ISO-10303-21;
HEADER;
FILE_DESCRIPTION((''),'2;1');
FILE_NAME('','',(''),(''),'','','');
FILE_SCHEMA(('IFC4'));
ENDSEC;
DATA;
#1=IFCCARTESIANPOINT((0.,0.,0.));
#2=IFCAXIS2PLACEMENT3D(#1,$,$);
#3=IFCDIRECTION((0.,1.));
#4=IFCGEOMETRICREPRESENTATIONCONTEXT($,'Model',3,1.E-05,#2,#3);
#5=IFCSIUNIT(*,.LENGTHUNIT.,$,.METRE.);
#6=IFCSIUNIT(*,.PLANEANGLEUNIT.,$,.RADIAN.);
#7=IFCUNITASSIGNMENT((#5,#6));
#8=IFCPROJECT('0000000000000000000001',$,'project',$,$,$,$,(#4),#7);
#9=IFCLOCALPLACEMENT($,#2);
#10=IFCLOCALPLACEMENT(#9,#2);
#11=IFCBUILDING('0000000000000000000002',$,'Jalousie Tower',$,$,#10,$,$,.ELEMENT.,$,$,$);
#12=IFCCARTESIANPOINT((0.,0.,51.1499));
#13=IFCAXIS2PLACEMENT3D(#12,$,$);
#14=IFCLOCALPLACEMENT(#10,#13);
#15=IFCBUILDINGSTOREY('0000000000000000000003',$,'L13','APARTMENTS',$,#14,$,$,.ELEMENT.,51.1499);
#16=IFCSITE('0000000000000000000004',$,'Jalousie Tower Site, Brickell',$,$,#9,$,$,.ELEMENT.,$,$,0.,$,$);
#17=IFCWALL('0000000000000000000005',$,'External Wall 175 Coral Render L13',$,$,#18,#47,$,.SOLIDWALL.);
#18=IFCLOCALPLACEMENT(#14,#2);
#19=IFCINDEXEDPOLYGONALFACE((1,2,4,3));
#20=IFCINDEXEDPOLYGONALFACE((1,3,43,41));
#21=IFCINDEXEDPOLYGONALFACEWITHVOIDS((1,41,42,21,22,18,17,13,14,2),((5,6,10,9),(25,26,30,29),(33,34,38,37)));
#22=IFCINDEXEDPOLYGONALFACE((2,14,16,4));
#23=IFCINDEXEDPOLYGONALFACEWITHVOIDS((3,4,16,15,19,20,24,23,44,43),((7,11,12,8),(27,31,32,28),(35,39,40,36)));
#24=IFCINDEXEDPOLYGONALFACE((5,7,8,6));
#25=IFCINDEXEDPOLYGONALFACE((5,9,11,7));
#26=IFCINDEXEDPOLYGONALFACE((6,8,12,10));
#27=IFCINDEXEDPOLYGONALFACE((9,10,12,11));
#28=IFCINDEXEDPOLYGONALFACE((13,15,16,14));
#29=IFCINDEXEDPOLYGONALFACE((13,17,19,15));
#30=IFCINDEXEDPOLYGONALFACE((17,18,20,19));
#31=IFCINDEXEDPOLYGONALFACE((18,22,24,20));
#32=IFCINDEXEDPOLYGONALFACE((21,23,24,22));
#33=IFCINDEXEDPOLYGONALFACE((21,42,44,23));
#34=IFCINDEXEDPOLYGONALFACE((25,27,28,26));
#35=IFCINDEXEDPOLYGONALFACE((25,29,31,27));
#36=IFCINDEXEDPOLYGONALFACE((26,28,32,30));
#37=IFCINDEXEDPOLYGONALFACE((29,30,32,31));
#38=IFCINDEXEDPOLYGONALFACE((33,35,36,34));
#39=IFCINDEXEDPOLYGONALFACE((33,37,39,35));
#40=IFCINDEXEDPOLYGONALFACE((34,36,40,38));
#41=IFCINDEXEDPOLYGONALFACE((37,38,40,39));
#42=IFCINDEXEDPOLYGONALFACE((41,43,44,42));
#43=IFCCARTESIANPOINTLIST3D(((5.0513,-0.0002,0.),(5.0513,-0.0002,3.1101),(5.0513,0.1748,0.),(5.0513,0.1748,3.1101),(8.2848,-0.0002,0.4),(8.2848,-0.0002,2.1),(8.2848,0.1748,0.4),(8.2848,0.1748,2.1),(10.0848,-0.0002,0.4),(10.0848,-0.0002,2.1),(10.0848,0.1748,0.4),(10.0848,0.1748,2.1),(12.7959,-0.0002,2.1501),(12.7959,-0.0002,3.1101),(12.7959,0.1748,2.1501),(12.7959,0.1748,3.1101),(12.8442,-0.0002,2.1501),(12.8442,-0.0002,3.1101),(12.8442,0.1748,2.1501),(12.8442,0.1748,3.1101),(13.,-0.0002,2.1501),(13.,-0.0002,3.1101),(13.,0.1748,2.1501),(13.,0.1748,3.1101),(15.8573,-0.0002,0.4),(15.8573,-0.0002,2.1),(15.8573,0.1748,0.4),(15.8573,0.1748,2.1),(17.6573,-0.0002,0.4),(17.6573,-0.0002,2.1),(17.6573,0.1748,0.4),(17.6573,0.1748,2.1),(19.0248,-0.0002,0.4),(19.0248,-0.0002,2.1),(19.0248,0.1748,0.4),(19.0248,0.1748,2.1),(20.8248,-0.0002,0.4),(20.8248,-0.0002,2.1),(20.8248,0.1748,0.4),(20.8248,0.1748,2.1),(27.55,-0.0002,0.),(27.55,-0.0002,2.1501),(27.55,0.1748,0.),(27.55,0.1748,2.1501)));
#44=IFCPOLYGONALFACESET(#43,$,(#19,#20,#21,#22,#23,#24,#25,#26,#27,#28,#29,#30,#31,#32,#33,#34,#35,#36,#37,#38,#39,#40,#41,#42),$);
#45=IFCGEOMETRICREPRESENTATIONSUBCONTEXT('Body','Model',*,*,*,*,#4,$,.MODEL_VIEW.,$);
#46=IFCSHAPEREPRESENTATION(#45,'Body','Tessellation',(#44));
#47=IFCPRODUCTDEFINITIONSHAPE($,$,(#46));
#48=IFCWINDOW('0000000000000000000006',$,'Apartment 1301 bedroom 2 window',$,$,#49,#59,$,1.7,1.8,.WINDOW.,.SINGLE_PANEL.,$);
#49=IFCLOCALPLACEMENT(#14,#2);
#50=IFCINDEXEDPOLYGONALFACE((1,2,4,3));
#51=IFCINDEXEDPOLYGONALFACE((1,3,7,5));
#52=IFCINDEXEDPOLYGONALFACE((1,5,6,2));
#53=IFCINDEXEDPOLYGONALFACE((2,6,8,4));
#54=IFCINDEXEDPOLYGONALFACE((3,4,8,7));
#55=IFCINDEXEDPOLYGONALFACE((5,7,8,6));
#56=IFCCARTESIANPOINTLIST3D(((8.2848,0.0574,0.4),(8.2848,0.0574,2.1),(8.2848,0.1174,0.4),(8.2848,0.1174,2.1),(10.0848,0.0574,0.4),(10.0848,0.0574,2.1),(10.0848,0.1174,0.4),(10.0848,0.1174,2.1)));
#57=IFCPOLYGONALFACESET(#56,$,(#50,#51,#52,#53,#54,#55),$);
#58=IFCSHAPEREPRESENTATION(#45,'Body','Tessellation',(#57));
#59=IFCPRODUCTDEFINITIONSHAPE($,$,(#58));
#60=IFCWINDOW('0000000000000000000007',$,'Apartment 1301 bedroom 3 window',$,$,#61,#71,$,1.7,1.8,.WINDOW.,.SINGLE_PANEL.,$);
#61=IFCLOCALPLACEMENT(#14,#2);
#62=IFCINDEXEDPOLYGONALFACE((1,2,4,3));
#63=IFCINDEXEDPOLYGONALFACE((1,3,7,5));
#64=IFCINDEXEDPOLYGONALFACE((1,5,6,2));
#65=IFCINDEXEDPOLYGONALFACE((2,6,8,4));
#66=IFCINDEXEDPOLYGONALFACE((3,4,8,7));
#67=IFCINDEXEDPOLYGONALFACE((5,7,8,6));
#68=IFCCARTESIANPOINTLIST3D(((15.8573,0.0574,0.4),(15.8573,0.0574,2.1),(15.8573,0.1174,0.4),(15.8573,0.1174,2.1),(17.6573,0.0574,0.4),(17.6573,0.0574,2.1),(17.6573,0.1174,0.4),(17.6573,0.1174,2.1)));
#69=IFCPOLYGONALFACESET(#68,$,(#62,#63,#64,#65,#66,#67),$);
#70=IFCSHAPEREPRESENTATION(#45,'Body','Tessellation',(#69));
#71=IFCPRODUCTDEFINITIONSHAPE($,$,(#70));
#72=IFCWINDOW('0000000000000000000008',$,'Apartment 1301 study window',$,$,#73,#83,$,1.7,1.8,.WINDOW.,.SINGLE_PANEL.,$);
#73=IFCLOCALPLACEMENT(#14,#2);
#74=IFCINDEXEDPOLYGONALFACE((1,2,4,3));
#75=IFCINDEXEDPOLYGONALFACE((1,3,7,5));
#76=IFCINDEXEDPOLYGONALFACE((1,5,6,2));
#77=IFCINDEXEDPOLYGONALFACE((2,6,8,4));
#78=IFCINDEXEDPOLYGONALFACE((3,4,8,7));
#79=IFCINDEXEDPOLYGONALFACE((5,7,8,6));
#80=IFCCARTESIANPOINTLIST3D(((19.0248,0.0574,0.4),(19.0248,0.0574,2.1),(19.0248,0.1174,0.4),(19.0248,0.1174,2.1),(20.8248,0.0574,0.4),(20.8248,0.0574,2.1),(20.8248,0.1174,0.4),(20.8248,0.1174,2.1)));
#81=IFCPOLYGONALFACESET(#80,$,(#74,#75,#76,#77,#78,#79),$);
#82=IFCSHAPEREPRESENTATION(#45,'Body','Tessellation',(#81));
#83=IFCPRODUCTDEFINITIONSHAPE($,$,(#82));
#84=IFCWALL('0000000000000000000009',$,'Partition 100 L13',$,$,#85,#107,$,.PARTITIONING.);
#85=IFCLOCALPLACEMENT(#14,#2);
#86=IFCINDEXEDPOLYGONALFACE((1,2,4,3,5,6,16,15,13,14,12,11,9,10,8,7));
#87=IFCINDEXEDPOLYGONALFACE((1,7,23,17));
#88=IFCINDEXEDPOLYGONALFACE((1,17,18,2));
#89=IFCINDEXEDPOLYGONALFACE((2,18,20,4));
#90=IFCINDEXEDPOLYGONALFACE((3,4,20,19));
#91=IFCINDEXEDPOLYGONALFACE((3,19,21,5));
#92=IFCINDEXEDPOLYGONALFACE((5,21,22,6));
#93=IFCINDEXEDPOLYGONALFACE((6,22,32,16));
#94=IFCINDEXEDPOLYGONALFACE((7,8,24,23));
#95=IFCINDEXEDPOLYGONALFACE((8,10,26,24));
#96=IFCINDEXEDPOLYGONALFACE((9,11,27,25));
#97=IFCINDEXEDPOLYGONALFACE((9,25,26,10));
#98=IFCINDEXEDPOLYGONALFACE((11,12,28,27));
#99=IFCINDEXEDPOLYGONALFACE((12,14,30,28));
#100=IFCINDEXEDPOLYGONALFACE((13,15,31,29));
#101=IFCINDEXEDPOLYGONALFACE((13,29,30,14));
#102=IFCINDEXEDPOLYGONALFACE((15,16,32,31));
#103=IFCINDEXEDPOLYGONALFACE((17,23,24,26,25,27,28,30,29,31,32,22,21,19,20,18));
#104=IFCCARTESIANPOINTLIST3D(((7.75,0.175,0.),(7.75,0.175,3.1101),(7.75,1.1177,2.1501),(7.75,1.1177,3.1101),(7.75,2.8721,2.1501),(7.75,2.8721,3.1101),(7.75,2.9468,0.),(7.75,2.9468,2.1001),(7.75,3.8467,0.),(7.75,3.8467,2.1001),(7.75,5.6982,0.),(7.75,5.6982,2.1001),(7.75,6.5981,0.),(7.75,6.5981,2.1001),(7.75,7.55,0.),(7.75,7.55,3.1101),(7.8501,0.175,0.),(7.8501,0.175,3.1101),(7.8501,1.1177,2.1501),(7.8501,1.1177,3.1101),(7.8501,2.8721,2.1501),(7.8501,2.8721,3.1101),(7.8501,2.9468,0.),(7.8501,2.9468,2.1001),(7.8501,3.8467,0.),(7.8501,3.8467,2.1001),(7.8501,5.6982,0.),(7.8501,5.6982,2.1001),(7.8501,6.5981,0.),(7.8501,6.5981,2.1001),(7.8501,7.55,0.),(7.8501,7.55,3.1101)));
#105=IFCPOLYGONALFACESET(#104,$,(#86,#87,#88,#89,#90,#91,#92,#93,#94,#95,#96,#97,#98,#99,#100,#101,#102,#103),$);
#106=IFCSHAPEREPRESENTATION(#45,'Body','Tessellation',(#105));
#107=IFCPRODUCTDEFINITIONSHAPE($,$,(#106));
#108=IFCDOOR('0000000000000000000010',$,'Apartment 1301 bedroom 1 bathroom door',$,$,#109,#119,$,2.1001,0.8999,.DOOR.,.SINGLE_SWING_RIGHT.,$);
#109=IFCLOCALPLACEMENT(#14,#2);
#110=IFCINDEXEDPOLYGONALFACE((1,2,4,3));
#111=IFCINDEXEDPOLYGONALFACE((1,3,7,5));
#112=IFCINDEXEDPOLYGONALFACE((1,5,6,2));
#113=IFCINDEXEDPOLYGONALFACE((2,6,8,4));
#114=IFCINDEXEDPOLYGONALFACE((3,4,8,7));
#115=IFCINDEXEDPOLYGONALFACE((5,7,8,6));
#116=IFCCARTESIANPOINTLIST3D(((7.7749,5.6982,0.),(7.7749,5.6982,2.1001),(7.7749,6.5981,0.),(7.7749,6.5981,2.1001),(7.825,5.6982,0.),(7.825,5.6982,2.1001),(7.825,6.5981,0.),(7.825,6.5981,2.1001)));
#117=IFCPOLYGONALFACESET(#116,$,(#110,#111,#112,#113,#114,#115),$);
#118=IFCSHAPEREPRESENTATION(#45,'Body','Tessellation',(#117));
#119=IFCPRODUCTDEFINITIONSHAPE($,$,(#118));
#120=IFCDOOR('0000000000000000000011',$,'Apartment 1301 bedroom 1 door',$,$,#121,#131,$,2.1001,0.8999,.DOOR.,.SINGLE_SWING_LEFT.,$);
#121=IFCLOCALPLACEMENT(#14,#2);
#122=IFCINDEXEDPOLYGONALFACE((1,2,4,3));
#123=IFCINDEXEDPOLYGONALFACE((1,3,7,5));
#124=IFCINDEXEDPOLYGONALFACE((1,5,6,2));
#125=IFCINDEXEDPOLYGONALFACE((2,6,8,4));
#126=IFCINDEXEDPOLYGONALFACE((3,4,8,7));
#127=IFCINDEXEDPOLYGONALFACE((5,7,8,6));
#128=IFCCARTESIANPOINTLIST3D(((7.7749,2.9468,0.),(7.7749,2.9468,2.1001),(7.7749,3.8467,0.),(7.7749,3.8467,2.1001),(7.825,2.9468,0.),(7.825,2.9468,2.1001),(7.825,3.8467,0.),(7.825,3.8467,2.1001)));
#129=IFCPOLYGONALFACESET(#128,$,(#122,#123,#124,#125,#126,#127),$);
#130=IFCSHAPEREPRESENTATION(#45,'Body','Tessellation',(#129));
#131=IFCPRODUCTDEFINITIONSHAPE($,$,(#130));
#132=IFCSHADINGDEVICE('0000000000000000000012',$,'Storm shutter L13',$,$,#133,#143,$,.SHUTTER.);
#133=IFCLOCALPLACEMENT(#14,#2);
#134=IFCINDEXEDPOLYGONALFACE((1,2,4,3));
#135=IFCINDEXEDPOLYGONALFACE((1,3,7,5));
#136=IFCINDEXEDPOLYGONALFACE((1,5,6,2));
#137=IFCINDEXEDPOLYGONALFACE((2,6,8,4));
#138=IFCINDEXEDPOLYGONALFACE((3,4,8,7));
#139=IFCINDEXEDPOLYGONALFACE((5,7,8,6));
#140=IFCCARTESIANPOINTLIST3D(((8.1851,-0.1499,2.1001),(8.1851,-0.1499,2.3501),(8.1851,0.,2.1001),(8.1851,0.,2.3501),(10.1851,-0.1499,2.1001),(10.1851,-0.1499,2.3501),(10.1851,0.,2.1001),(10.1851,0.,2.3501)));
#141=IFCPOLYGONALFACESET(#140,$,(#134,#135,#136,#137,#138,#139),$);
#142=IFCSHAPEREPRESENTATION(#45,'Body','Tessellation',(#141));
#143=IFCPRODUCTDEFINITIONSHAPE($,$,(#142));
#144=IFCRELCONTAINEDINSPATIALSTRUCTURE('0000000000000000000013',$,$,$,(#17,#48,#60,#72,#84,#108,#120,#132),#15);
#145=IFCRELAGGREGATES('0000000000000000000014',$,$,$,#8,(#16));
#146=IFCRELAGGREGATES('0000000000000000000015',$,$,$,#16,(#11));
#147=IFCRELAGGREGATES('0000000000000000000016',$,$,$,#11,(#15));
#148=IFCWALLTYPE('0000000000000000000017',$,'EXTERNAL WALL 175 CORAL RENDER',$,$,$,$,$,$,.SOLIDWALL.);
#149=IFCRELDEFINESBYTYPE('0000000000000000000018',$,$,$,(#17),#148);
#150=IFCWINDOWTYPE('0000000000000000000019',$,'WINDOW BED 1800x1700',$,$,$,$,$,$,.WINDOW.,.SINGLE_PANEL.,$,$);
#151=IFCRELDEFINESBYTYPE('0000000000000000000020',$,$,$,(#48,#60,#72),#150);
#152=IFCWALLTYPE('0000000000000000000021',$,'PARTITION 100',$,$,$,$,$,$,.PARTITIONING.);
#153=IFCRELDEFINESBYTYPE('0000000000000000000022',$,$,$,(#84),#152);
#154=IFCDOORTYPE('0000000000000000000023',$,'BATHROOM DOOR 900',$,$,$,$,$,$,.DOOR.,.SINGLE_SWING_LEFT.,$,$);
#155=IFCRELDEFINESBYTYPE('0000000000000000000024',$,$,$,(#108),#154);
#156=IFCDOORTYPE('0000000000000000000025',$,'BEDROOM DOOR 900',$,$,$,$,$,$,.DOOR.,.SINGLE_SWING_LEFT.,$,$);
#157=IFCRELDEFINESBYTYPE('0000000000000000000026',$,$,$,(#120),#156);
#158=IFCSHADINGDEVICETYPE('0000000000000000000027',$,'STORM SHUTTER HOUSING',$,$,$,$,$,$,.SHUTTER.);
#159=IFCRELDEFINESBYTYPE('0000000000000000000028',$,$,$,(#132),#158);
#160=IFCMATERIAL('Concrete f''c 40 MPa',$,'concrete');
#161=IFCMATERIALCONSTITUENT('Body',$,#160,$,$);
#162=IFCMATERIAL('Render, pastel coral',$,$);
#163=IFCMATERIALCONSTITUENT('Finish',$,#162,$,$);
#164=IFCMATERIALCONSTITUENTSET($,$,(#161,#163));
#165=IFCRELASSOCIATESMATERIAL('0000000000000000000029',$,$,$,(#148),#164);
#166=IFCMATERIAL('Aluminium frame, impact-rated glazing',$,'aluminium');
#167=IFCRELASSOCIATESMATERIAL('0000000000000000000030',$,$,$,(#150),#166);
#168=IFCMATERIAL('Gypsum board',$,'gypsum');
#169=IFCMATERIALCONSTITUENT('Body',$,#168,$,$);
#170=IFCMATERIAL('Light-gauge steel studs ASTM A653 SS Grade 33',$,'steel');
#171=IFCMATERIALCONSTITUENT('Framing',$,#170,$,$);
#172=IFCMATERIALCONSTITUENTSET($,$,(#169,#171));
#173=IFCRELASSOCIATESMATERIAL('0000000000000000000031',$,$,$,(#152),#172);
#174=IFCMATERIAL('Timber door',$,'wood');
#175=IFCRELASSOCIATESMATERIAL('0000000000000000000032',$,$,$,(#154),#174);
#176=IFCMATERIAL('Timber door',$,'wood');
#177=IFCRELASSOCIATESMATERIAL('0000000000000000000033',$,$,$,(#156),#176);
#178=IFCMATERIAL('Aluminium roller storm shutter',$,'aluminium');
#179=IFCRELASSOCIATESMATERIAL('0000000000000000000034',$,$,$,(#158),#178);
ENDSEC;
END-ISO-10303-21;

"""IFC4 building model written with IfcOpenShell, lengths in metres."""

from ifc_helpers import new_model, si_unit, direction, frame, frame_2d, origin, origin_2d, place, context, subcontext, project, spatial, polyline, rectangle, outline, extrude, material, constituent, constituent_set, type_object, element, fill, save


model = new_model("IFC4")

# Units and contexts
model_context = context("Model", 3, precision=1e-05, world=origin(), true_north=direction((0.0, 1.0)))
body_context = subcontext(model_context, "Body", "Model", "MODEL_VIEW")
ifc_project = project(units=[si_unit("LENGTHUNIT", "METRE"), si_unit("PLANEANGLEUNIT", "RADIAN")], contexts=[model_context])

# Site, building, storey
site_placement = place(None, origin())
site = spatial("IfcSite", under=ifc_project, at=site_placement, Name="Jalousie Tower Site, Brickell", CompositionType="ELEMENT", RefElevation=0.0)
building_placement = place(site_placement, origin())
building = spatial("IfcBuilding", under=site, at=building_placement, Name="Jalousie Tower", CompositionType="ELEMENT")
storey_placement = place(building_placement, frame((0.0, 0.0, 51.1499)))
storey = spatial("IfcBuildingStorey", under=building, at=storey_placement, Name="L13", Description="APARTMENTS", CompositionType="ELEMENT", Elevation=51.1499)

# Wall, openings, windows
ifc_material_1 = material(Name="Concrete f'c 40 MPa", Category="concrete")
ifc_constituent_1 = constituent(ifc_material_1, Name="Body")
ifc_material_2 = material(Name="Render, pastel coral")
ifc_constituent_2 = constituent(ifc_material_2, Name="Finish")
ifc_constituent_set_1 = constituent_set(constituents=[ifc_constituent_1, ifc_constituent_2])
wall_type_1 = type_object("IfcWallType", Name="EXTERNAL WALL 175 CORAL RENDER", PredefinedType="SOLIDWALL", material=ifc_constituent_set_1)
wall_1_placement = place(storey_placement, frame((5.0513, 0.0874, 0.0), z_axis=(0.0, 0.0, 1.0), x_axis=(1.0, 0.0, 0.0)))
wall_1 = element("IfcWall", 1, at=wall_1_placement, inside=storey, type_object=wall_type_1, Name="External Wall 175 Coral Render L13", PredefinedType="SOLIDWALL", context=body_context, shape_type="SweptSolid", body=[
    extrude(outline(polyline([(0.0, 0.0), (22.4988, 0.0), (22.4988, 2.1501), (7.9487, 2.1501), (7.9487, 3.1101), (7.793, 3.1101), (7.793, 2.1501), (7.7446, 2.1501), (7.7446, 3.1101), (0.0, 3.1101), (0.0, 0.0)])), frame((0.0, 0.0874, 0.0), z_axis=(0.0, -1.0, 0.0), x_axis=(1.0, 0.0, 0.0)), (0.0, 0.0, 1.0), 0.175),
])
opening_1_placement = place(wall_1_placement, frame((3.2336, 0.0, 0.3999)))
opening_1 = element("IfcOpeningElement", 2, at=opening_1_placement, cuts=wall_1, PredefinedType="OPENING", context=body_context, shape_type="SweptSolid", body=[
    extrude(rectangle(XDim=1.8, YDim=1.7, at=frame_2d((0.8999, 0.8501))), frame((0.0, 0.0974, 0.0), z_axis=(0.0, -1.0, 0.0), x_axis=(1.0, 0.0, 0.0)), (0.0, 0.0, 1.0), 0.1951),
])
opening_2_placement = place(wall_1_placement, frame((10.8062, 0.0, 0.3999)))
opening_2 = element("IfcOpeningElement", 3, at=opening_2_placement, cuts=wall_1, PredefinedType="OPENING", context=body_context, shape_type="SweptSolid", body=[
    extrude(rectangle(XDim=1.8, YDim=1.7, at=frame_2d((0.8999, 0.8501))), frame((0.0, 0.0974, 0.0), z_axis=(0.0, -1.0, 0.0), x_axis=(1.0, 0.0, 0.0)), (0.0, 0.0, 1.0), 0.1951),
])
opening_3_placement = place(wall_1_placement, frame((13.9736, 0.0, 0.3999)))
opening_3 = element("IfcOpeningElement", 4, at=opening_3_placement, cuts=wall_1, PredefinedType="OPENING", context=body_context, shape_type="SweptSolid", body=[
    extrude(rectangle(XDim=1.8, YDim=1.7, at=frame_2d((0.8999, 0.8501))), frame((0.0, 0.0974, 0.0), z_axis=(0.0, -1.0, 0.0), x_axis=(1.0, 0.0, 0.0)), (0.0, 0.0, 1.0), 0.1951),
])
ifc_material_3 = material(Name="Aluminium frame, impact-rated glazing", Category="aluminium")
window_type = type_object("IfcWindowType", Name="WINDOW BED 1800x1700", PartitioningType="SINGLE_PANEL", PredefinedType="WINDOW", material=ifc_material_3)
window_1_placement = place(opening_1_placement, origin())
window_1 = element("IfcWindow", 5, at=window_1_placement, inside=storey, type_object=window_type, Name="Apartment 1301 bedroom 2 window", OverallHeight=1.7, OverallWidth=1.8, PartitioningType="SINGLE_PANEL", PredefinedType="WINDOW", context=body_context, shape_type="SweptSolid", body=[
    extrude(rectangle(XDim=1.8, YDim=1.7, at=frame_2d((0.8999, 0.8501))), frame((0.0, 0.03, 0.0), z_axis=(0.0, -1.0, 0.0), x_axis=(1.0, 0.0, 0.0)), (0.0, 0.0, 1.0), 0.0601),
])
fill(opening_1, window_1)
window_2_placement = place(opening_2_placement, origin())
window_2 = element("IfcWindow", 6, at=window_2_placement, inside=storey, type_object=window_type, Name="Apartment 1301 bedroom 3 window", OverallHeight=1.7, OverallWidth=1.8, PartitioningType="SINGLE_PANEL", PredefinedType="WINDOW", context=body_context, shape_type="SweptSolid", body=[
    extrude(rectangle(XDim=1.8, YDim=1.7, at=frame_2d((0.8999, 0.8501))), frame((0.0, 0.03, 0.0), z_axis=(0.0, -1.0, 0.0), x_axis=(1.0, 0.0, 0.0)), (0.0, 0.0, 1.0), 0.0601),
])
fill(opening_2, window_2)
window_3_placement = place(opening_3_placement, origin())
window_3 = element("IfcWindow", 7, at=window_3_placement, inside=storey, type_object=window_type, Name="Apartment 1301 study window", OverallHeight=1.7, OverallWidth=1.8, PartitioningType="SINGLE_PANEL", PredefinedType="WINDOW", context=body_context, shape_type="SweptSolid", body=[
    extrude(rectangle(XDim=1.8, YDim=1.7, at=frame_2d((0.8999, 0.8501))), frame((0.0, 0.03, 0.0), z_axis=(0.0, -1.0, 0.0), x_axis=(1.0, 0.0, 0.0)), (0.0, 0.0, 1.0), 0.0601),
])
fill(opening_3, window_3)

# Wall, openings, doors
ifc_material_4 = material(Name="Gypsum board", Category="gypsum")
ifc_constituent_3 = constituent(ifc_material_4, Name="Body")
ifc_material_5 = material(Name="Light-gauge steel studs ASTM A653 SS Grade 33", Category="steel")
ifc_constituent_4 = constituent(ifc_material_5, Name="Framing")
ifc_constituent_set_2 = constituent_set(constituents=[ifc_constituent_3, ifc_constituent_4])
wall_type_2 = type_object("IfcWallType", Name="PARTITION 100", PredefinedType="PARTITIONING", material=ifc_constituent_set_2)
wall_2_placement = place(storey_placement, frame((7.8, 0.175, 0.0), z_axis=(0.0, 0.0, 1.0), x_axis=(0.0, 1.0, 0.0)))
wall_2 = element("IfcWall", 8, at=wall_2_placement, inside=storey, type_object=wall_type_2, Name="Partition 100 L13", PredefinedType="PARTITIONING", context=body_context, shape_type="SweptSolid", body=[
    extrude(outline(polyline([(0.0, 0.0), (7.375, 0.0), (7.375, 3.1101), (2.697, 3.1101), (2.697, 2.1501), (0.9426, 2.1501), (0.9426, 3.1101), (0.0, 3.1101), (0.0, 0.0)])), frame((0.0, 0.05, 0.0), z_axis=(0.0, -1.0, 0.0), x_axis=(1.0, 0.0, 0.0)), (0.0, 0.0, 1.0), 0.1001),
])
opening_4_placement = place(wall_2_placement, frame((2.7717, 0.0, 0.0)))
opening_4 = element("IfcOpeningElement", 9, at=opening_4_placement, cuts=wall_2, PredefinedType="OPENING", context=body_context, shape_type="SweptSolid", body=[
    extrude(rectangle(XDim=0.8999, YDim=2.1001, at=frame_2d((0.45, 1.05))), frame((0.0, 0.0601, 0.0), z_axis=(0.0, -1.0, 0.0), x_axis=(1.0, 0.0, 0.0)), (0.0, 0.0, 1.0), 0.1201),
])
opening_5_placement = place(wall_2_placement, frame((5.5232, 0.0, 0.0)))
opening_5 = element("IfcOpeningElement", 10, at=opening_5_placement, cuts=wall_2, PredefinedType="OPENING", context=body_context, shape_type="SweptSolid", body=[
    extrude(rectangle(XDim=0.8999, YDim=2.1001, at=frame_2d((0.45, 1.05))), frame((0.0, 0.0601, 0.0), z_axis=(0.0, -1.0, 0.0), x_axis=(1.0, 0.0, 0.0)), (0.0, 0.0, 1.0), 0.1201),
])
ifc_material_6 = material(Name="Timber door", Category="wood")
door_type_1 = type_object("IfcDoorType", Name="BATHROOM DOOR 900", OperationType="SINGLE_SWING_LEFT", PredefinedType="DOOR", material=ifc_material_6)
door_1_placement = place(opening_5_placement, frame((0.8999, 0.0, 0.0), z_axis=(0.0, 0.0, 1.0), x_axis=(-1.0, 0.0, 0.0)))
door_1 = element("IfcDoor", 11, at=door_1_placement, inside=storey, type_object=door_type_1, Name="Apartment 1301 bedroom 1 bathroom door", OperationType="SINGLE_SWING_RIGHT", OverallHeight=2.1001, OverallWidth=0.8999, PredefinedType="DOOR", context=body_context, shape_type="SweptSolid", body=[
    extrude(rectangle(XDim=0.8999, YDim=2.1001, at=frame_2d((0.45, 1.05))), frame((0.0, 0.0249, 0.0), z_axis=(0.0, -1.0, 0.0), x_axis=(1.0, 0.0, 0.0)), (0.0, 0.0, 1.0), 0.05),
])
fill(opening_5, door_1)
ifc_material_7 = material(Name="Timber door", Category="wood")
door_type_2 = type_object("IfcDoorType", Name="BEDROOM DOOR 900", OperationType="SINGLE_SWING_LEFT", PredefinedType="DOOR", material=ifc_material_7)
door_2_placement = place(opening_4_placement, frame((0.8999, 0.0, 0.0), z_axis=(0.0, 0.0, 1.0), x_axis=(-1.0, 0.0, 0.0)))
door_2 = element("IfcDoor", 12, at=door_2_placement, inside=storey, type_object=door_type_2, Name="Apartment 1301 bedroom 1 door", OperationType="SINGLE_SWING_LEFT", OverallHeight=2.1001, OverallWidth=0.8999, PredefinedType="DOOR", context=body_context, shape_type="SweptSolid", body=[
    extrude(rectangle(XDim=0.8999, YDim=2.1001, at=frame_2d((0.45, 1.05))), frame((0.0, 0.0249, 0.0), z_axis=(0.0, -1.0, 0.0), x_axis=(1.0, 0.0, 0.0)), (0.0, 0.0, 1.0), 0.05),
])
fill(opening_4, door_2)

# Shading device
ifc_material_8 = material(Name="Aluminium roller storm shutter", Category="aluminium")
shading_device_type = type_object("IfcShadingDeviceType", Name="STORM SHUTTER HOUSING", PredefinedType="SHUTTER", material=ifc_material_8)
shading_device_placement = place(storey_placement, frame((9.1851, -0.075, 2.1001), z_axis=(0.0, 0.0, 1.0), x_axis=(1.0, 0.0, 0.0)))
element("IfcShadingDevice", 13, at=shading_device_placement, inside=storey, type_object=shading_device_type, Name="Storm shutter L13", PredefinedType="SHUTTER", context=body_context, shape_type="SweptSolid", body=[
    extrude(rectangle(XDim=2.0, YDim=0.1499, at=origin_2d()), origin(), (0.0, 0.0, 1.0), 0.25),
])

save(model, "model.ifc")
